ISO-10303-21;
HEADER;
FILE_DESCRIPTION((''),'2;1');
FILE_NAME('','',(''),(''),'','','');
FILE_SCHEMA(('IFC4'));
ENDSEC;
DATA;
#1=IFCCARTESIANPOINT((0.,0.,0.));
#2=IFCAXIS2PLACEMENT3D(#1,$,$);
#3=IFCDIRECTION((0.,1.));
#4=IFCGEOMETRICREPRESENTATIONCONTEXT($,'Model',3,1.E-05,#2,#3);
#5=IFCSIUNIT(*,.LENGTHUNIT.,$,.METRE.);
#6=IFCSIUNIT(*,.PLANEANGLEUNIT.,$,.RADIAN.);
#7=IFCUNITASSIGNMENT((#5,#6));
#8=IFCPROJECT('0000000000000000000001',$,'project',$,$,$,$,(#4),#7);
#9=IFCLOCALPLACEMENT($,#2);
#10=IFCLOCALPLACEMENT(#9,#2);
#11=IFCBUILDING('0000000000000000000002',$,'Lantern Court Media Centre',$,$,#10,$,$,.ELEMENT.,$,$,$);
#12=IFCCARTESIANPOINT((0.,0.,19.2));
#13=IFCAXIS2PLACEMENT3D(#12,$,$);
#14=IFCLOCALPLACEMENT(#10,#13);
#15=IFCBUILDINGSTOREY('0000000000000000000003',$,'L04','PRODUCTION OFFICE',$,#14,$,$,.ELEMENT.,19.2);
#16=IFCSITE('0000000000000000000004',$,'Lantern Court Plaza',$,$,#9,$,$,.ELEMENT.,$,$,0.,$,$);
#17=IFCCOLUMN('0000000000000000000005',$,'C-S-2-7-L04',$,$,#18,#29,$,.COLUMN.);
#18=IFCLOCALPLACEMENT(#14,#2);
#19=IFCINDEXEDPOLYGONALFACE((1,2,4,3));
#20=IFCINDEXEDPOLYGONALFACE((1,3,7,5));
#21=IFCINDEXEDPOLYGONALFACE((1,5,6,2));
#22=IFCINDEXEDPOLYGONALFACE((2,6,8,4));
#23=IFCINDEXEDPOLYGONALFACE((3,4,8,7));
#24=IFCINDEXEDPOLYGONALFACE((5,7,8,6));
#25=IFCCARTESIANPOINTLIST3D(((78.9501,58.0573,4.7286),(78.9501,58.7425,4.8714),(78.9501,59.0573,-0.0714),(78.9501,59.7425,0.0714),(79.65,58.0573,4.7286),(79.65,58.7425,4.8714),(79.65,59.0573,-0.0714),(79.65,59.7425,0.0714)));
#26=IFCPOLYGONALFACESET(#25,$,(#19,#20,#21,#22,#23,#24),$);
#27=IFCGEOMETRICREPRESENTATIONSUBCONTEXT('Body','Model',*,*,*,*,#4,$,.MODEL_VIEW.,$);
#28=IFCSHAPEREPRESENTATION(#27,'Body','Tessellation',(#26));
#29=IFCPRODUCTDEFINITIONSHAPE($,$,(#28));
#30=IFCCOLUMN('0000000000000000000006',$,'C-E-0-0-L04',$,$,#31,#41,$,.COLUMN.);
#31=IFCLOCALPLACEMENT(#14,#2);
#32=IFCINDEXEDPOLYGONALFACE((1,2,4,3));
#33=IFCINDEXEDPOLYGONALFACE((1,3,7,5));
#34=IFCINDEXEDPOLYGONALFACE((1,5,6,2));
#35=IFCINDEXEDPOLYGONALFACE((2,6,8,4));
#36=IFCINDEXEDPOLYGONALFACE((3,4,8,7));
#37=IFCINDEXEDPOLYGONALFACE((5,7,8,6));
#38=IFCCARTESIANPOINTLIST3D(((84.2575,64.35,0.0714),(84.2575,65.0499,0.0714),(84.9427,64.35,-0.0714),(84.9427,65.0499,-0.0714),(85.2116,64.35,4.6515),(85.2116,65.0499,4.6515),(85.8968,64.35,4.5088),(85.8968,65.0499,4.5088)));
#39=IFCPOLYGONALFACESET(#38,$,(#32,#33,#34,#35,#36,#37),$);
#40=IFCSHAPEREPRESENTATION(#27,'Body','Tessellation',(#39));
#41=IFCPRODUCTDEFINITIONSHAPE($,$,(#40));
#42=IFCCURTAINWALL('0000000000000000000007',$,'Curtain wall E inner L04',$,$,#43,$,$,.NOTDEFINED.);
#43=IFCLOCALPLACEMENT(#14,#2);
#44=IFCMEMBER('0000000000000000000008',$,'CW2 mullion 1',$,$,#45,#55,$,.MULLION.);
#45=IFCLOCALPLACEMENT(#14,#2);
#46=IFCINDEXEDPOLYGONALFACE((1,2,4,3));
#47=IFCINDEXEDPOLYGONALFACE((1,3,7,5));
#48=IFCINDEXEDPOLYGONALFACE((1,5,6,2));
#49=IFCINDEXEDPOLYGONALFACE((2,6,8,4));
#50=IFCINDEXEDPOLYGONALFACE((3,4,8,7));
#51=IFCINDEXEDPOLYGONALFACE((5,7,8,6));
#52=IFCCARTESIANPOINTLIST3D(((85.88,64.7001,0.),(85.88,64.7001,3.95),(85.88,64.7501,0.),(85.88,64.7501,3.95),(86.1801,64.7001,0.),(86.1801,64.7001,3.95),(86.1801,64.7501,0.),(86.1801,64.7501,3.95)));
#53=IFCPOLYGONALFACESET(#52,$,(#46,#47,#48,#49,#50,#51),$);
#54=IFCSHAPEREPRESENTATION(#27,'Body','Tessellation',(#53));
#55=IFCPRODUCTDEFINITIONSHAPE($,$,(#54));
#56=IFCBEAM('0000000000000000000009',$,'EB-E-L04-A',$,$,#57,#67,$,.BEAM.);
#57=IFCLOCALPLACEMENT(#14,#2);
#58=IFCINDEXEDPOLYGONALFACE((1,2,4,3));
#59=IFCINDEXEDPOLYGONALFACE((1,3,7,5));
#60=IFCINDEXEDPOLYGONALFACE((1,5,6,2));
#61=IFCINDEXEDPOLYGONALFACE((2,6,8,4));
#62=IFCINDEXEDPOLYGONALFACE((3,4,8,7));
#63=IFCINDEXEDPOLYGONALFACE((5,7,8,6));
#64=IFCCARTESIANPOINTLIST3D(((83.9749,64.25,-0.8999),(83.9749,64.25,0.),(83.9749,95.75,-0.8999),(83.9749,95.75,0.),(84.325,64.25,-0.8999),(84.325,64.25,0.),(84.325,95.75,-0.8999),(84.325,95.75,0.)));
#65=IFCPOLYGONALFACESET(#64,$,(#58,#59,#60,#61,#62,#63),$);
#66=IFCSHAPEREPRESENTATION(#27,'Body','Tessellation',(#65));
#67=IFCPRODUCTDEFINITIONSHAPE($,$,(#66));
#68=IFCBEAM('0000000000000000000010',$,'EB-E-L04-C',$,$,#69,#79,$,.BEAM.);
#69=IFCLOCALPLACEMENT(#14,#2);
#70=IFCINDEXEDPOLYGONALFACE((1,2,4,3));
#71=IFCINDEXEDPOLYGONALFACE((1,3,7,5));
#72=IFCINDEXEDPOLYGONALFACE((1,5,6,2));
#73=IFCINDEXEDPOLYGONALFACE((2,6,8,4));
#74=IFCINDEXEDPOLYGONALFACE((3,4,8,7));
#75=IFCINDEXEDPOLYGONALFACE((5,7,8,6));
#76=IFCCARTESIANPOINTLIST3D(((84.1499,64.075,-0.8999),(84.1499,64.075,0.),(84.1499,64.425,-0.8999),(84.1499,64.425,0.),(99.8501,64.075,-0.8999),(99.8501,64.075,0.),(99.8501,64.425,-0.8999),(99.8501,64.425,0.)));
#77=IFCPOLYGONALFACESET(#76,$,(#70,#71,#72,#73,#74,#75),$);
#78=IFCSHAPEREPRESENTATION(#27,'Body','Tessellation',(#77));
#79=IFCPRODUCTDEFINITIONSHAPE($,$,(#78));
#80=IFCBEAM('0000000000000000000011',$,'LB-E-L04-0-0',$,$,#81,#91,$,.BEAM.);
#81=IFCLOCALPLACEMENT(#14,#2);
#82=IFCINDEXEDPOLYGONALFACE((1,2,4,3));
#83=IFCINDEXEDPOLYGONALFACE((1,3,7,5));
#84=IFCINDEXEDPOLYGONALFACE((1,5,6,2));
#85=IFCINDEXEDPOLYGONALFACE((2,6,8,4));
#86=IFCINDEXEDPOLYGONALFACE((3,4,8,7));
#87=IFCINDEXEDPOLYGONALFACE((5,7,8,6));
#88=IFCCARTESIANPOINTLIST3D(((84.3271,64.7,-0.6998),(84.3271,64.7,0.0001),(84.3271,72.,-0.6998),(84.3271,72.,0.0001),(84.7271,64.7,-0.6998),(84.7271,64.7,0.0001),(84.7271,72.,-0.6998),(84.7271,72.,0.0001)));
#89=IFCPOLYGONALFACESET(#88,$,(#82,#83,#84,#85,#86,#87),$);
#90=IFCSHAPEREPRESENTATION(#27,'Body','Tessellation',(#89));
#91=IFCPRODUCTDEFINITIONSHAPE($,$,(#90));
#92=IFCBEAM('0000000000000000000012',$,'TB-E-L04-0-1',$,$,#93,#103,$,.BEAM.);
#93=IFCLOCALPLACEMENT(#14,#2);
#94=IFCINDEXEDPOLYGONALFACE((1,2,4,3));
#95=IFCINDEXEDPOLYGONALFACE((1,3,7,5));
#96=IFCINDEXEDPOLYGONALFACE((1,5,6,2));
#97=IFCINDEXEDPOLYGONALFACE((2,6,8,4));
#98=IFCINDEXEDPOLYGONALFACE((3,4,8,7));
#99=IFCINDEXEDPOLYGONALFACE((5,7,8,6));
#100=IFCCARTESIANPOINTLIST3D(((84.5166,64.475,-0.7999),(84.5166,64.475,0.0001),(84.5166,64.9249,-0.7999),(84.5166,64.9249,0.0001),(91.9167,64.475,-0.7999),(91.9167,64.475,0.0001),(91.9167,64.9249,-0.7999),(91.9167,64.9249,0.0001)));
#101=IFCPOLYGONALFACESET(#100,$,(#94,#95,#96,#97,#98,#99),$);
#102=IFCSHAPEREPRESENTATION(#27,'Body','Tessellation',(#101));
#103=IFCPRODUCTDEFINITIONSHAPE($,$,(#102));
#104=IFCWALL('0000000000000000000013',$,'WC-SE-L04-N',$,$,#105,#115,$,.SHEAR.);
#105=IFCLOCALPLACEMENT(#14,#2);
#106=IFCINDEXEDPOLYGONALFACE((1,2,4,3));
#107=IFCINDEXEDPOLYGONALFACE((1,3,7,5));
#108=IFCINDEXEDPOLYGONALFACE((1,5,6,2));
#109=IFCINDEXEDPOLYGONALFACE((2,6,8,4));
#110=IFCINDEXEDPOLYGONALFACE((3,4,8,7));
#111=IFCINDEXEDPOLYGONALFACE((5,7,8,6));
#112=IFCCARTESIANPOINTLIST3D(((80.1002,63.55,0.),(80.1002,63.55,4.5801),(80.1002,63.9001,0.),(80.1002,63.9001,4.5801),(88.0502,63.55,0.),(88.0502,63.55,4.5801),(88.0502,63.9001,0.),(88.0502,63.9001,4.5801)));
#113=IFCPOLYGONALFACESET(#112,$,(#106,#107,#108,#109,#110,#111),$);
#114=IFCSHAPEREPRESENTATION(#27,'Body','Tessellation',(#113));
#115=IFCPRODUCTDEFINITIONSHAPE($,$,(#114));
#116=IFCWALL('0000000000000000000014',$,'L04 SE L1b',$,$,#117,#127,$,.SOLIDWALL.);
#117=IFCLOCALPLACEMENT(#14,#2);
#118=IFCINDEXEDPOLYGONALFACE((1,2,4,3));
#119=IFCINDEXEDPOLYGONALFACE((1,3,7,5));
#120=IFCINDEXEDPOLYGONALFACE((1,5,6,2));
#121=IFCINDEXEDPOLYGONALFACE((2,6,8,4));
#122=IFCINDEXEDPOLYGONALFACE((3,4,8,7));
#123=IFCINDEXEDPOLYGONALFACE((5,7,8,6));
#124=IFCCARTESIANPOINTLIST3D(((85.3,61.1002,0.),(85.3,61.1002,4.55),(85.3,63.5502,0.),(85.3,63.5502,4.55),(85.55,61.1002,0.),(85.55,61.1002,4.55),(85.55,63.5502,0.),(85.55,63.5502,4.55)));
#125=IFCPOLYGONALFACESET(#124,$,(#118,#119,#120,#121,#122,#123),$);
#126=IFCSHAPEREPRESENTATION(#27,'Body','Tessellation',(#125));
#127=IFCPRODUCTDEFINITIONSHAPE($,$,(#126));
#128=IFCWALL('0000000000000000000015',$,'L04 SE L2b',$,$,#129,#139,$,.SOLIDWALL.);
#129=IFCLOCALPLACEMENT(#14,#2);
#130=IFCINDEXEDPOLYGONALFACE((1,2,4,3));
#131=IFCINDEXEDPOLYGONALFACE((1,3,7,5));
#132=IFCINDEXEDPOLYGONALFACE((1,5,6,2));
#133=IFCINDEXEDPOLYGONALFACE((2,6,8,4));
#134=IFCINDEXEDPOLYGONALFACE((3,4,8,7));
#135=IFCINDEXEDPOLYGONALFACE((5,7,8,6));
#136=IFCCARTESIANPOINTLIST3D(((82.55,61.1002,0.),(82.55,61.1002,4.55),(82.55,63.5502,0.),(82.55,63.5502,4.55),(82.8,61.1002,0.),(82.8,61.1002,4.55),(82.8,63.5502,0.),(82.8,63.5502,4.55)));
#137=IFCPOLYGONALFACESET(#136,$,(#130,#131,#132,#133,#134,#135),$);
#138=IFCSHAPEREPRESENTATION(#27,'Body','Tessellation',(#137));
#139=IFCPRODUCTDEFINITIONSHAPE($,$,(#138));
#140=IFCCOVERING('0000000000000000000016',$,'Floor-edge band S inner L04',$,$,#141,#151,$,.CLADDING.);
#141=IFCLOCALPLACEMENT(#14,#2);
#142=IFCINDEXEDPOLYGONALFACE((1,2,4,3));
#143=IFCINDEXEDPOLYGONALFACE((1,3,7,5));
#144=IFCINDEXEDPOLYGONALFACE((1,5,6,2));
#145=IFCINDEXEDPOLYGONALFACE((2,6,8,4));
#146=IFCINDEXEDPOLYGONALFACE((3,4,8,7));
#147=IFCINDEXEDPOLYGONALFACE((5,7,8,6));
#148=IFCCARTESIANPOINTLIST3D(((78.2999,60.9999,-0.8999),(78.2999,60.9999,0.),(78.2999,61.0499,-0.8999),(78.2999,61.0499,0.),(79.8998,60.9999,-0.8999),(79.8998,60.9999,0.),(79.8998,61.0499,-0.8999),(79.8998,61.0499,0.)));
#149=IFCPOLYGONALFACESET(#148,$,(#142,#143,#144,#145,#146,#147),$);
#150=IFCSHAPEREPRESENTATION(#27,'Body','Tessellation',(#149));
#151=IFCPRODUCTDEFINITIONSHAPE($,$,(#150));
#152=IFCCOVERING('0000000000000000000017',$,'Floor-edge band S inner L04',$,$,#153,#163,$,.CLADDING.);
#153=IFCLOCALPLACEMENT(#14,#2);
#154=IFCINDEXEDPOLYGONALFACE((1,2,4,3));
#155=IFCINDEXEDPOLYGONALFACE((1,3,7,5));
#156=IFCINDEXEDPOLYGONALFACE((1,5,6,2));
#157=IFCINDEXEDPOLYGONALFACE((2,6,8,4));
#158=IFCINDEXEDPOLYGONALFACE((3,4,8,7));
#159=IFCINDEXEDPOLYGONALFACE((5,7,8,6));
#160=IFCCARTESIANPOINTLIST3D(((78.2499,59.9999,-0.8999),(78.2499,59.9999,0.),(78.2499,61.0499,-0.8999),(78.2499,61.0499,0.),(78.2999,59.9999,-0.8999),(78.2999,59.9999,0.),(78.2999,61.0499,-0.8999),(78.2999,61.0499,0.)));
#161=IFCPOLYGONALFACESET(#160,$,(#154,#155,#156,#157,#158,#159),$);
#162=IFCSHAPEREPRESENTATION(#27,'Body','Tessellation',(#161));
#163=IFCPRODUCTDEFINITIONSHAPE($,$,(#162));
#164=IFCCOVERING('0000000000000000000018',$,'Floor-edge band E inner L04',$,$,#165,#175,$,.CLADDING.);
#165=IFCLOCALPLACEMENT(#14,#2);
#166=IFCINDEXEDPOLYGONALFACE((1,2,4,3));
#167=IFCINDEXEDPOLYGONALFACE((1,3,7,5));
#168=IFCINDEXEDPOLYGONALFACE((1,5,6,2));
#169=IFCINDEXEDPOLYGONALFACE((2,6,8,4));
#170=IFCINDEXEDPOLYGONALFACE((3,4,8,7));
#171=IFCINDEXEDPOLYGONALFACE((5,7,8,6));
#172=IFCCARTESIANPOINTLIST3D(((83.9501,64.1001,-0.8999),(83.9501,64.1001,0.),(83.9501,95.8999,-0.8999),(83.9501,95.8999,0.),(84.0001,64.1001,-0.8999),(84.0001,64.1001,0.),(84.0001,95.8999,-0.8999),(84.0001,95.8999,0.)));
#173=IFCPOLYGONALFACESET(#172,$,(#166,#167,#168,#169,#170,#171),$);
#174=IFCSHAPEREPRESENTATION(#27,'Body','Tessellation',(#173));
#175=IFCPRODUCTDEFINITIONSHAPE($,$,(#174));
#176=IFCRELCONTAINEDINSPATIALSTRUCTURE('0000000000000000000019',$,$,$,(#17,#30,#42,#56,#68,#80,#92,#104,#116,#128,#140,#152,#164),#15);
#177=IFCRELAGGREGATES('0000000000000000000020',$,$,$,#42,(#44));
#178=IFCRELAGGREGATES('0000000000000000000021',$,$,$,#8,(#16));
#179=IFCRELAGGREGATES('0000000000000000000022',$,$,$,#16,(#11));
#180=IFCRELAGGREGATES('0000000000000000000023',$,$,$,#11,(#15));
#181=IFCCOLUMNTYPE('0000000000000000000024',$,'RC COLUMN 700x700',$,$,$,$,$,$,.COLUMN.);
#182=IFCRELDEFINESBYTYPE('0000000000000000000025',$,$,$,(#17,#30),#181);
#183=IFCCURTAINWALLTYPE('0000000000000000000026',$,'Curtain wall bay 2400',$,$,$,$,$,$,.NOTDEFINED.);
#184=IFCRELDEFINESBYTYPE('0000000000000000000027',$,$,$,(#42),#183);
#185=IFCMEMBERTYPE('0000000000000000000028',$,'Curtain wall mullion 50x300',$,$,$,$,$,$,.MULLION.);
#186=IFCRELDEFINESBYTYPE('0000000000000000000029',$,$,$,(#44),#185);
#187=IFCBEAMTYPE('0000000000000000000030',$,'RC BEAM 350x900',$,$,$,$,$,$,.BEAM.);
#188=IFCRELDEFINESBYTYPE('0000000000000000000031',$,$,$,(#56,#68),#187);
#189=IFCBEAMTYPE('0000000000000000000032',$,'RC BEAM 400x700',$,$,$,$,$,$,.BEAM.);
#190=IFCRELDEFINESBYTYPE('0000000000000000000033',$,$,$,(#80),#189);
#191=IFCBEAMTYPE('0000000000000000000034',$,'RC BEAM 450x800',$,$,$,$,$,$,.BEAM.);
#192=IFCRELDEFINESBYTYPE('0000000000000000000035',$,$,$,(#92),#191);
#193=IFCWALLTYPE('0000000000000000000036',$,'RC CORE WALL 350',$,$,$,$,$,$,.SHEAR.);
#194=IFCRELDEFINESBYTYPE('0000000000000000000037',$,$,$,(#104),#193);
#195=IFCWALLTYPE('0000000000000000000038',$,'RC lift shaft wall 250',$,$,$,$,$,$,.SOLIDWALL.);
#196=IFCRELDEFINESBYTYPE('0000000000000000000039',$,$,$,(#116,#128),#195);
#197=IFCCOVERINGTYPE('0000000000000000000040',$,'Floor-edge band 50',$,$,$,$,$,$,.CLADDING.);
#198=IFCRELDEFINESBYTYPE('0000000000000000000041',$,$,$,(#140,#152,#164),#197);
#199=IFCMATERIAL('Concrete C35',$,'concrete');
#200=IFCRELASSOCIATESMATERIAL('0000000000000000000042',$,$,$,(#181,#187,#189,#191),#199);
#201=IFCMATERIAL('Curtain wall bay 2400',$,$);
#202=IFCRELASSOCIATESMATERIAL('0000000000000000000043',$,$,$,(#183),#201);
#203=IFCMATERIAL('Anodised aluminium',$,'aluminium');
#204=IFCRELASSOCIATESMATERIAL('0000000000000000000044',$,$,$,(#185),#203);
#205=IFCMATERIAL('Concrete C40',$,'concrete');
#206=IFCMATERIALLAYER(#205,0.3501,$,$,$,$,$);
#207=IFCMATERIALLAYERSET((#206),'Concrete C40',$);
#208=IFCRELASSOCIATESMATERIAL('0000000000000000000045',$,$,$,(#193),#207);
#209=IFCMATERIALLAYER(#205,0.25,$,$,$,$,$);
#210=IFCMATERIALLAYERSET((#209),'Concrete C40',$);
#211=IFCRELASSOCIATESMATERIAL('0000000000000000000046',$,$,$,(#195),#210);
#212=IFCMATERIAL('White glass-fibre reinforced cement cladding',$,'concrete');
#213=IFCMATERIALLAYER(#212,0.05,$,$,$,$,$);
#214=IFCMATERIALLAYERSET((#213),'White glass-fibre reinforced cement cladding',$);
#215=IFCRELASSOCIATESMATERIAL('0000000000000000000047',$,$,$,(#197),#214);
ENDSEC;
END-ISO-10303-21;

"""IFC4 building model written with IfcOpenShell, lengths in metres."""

from ifc_helpers import new_model, si_unit, direction, frame, frame_2d, origin, origin_2d, place, context, subcontext, project, spatial, rectangle, extrude, material, layer, layer_set, material_profile, profile_set, type_object, element, aggregate, save


model = new_model("IFC4")

# Units and contexts
model_context = context("Model", 3, precision=1e-05, world=origin(), true_north=direction((0.0, 1.0)))
body_context = subcontext(model_context, "Body", "Model", "MODEL_VIEW")
ifc_project = project(units=[si_unit("LENGTHUNIT", "METRE"), si_unit("PLANEANGLEUNIT", "RADIAN")], contexts=[model_context])

# Site, building, storey
site_placement = place(None, origin())
site = spatial("IfcSite", under=ifc_project, at=site_placement, Name="Lantern Court Plaza", CompositionType="ELEMENT", RefElevation=0.0)
building_placement = place(site_placement, origin())
building = spatial("IfcBuilding", under=site, at=building_placement, Name="Lantern Court Media Centre", CompositionType="ELEMENT")
storey_placement = place(building_placement, frame((0.0, 0.0, 19.2)))
storey = spatial("IfcBuildingStorey", under=building, at=storey_placement, Name="L04", Description="PRODUCTION OFFICE", CompositionType="ELEMENT", Elevation=19.2)

# Columns
ifc_material_1 = material(Name="Concrete C35", Category="concrete")
ifc_material_profile_1 = material_profile(ifc_material_1, rectangle(XDim=0.7, YDim=0.7, at=origin_2d()), Name="RC 700x700")
ifc_profile_set_1 = profile_set([ifc_material_profile_1], Name="Concrete C35")
column_type = type_object("IfcColumnType", Name="RC COLUMN 700x700", PredefinedType="COLUMN", material=ifc_profile_set_1)
column_1_placement = place(storey_placement, frame((79.3, 59.3999, 0.0), z_axis=(0.0, -0.203952, 0.978981), x_axis=(1.0, 0.0, 0.0)))
element("IfcColumn", 1, at=column_1_placement, inside=storey, type_object=column_type, Name="C-S-2-7-L04", PredefinedType="COLUMN", context=body_context, shape_type="SweptSolid", body=[
    extrude(rectangle(XDim=0.7, YDim=0.7, at=origin_2d()), origin(), (0.0, 0.0, 1.0), 4.9031),
])
column_2_placement = place(storey_placement, frame((84.6001, 64.7, 0.0), z_axis=(0.203938, 0.0, 0.978984), x_axis=(0.0, 1.0, 0.0)))
element("IfcColumn", 2, at=column_2_placement, inside=storey, type_object=column_type, Name="C-E-0-0-L04", PredefinedType="COLUMN", context=body_context, shape_type="SweptSolid", body=[
    extrude(rectangle(XDim=0.7, YDim=0.7, at=origin_2d()), origin(), (0.0, 0.0, 1.0), 4.6785),
])

# Curtain wall, member
ifc_material_2 = material(Name="Curtain wall bay 2400")
curtain_wall_type = type_object("IfcCurtainWallType", Name="Curtain wall bay 2400", PredefinedType="NOTDEFINED", material=ifc_material_2)
curtain_wall_placement = place(storey_placement, origin())
curtain_wall = element("IfcCurtainWall", 3, at=curtain_wall_placement, inside=storey, type_object=curtain_wall_type, Name="Curtain wall E inner L04", PredefinedType="NOTDEFINED")
ifc_material_3 = material(Name="Anodised aluminium", Category="aluminium")
ifc_material_profile_2 = material_profile(ifc_material_3, rectangle(XDim=0.3, YDim=0.05, at=origin_2d()), Name="AL 50x300")
ifc_profile_set_2 = profile_set([ifc_material_profile_2], Name="Anodised aluminium")
member_type = type_object("IfcMemberType", Name="Curtain wall mullion 50x300", PredefinedType="MULLION", material=ifc_profile_set_2)
member_placement = place(storey_placement, frame((86.03, 64.7251, 0.0), z_axis=(0.0, 0.0, 1.0), x_axis=(-1.0, 0.0, 0.0)))
member = element("IfcMember", 4, at=member_placement, type_object=member_type, Name="CW2 mullion 1", PredefinedType="MULLION", context=body_context, shape_type="SweptSolid", body=[
    extrude(rectangle(XDim=0.3, YDim=0.05, at=origin_2d()), origin(), (0.0, 0.0, 1.0), 3.95),
])
aggregate(curtain_wall, [member])

# Beams
ifc_material_profile_3 = material_profile(ifc_material_1, rectangle(XDim=0.3501, YDim=0.8999, at=origin_2d()), Name="RC 350x900")
ifc_profile_set_3 = profile_set([ifc_material_profile_3], Name="Concrete C35")
beam_type_1 = type_object("IfcBeamType", Name="RC BEAM 350x900", PredefinedType="BEAM", material=ifc_profile_set_3)
beam_1_placement = place(storey_placement, frame((84.1499, 64.25, -0.45), z_axis=(0.0, 1.0, 0.0), x_axis=(-1.0, 0.0, 0.0)))
element("IfcBeam", 5, at=beam_1_placement, inside=storey, type_object=beam_type_1, Name="EB-E-L04-A", PredefinedType="BEAM", context=body_context, shape_type="SweptSolid", body=[
    extrude(rectangle(XDim=0.3501, YDim=0.8999, at=origin_2d()), origin(), (0.0, 0.0, 1.0), 31.5),
])
beam_2_placement = place(storey_placement, frame((84.1499, 64.25, -0.45), z_axis=(1.0, 0.0, 0.0), x_axis=(0.0, 1.0, 0.0)))
element("IfcBeam", 6, at=beam_2_placement, inside=storey, type_object=beam_type_1, Name="EB-E-L04-C", PredefinedType="BEAM", context=body_context, shape_type="SweptSolid", body=[
    extrude(rectangle(XDim=0.3501, YDim=0.8999, at=origin_2d()), origin(), (0.0, 0.0, 1.0), 15.7002),
])
ifc_material_profile_4 = material_profile(ifc_material_1, rectangle(XDim=0.3999, YDim=0.7, at=origin_2d()), Name="RC 400x700")
ifc_profile_set_4 = profile_set([ifc_material_profile_4], Name="Concrete C35")
beam_type_2 = type_object("IfcBeamType", Name="RC BEAM 400x700", PredefinedType="BEAM", material=ifc_profile_set_4)
beam_3_placement = place(storey_placement, frame((84.5271, 64.7, -0.3499), z_axis=(0.0, 1.0, 0.0), x_axis=(-1.0, 0.0, 0.0)))
element("IfcBeam", 7, at=beam_3_placement, inside=storey, type_object=beam_type_2, Name="LB-E-L04-0-0", PredefinedType="BEAM", context=body_context, shape_type="SweptSolid", body=[
    extrude(rectangle(XDim=0.3999, YDim=0.7, at=origin_2d()), origin(), (0.0, 0.0, 1.0), 7.3),
])
ifc_material_profile_5 = material_profile(ifc_material_1, rectangle(XDim=0.45, YDim=0.8, at=origin_2d()), Name="RC 450x800")
ifc_profile_set_5 = profile_set([ifc_material_profile_5], Name="Concrete C35")
beam_type_3 = type_object("IfcBeamType", Name="RC BEAM 450x800", PredefinedType="BEAM", material=ifc_profile_set_5)
beam_4_placement = place(storey_placement, frame((84.5166, 64.7, -0.3999), z_axis=(1.0, 0.0, 0.0), x_axis=(0.0, 1.0, 0.0)))
element("IfcBeam", 8, at=beam_4_placement, inside=storey, type_object=beam_type_3, Name="TB-E-L04-0-1", PredefinedType="BEAM", context=body_context, shape_type="SweptSolid", body=[
    extrude(rectangle(XDim=0.45, YDim=0.8, at=origin_2d()), origin(), (0.0, 0.0, 1.0), 7.4001),
])

# Walls
ifc_material_4 = material(Name="Concrete C40", Category="concrete")
ifc_layer_1 = layer(ifc_material_4, 0.3501)
ifc_layer_set_1 = layer_set([ifc_layer_1], Name="Concrete C40")
wall_type_1 = type_object("IfcWallType", Name="RC CORE WALL 350", PredefinedType="SHEAR", material=ifc_layer_set_1)
wall_placement = place(storey_placement, frame((80.1001, 63.7251, 0.0), z_axis=(0.0, 0.0, 1.0), x_axis=(1.0, 0.0, 0.0)))
element("IfcWall", 9, at=wall_placement, inside=storey, type_object=wall_type_1, Name="WC-SE-L04-N", PredefinedType="SHEAR", context=body_context, shape_type="SweptSolid", body=[
    extrude(rectangle(XDim=7.95, YDim=0.3501, at=frame_2d((3.9751, 0.0))), origin(), (0.0, 0.0, 1.0), 4.5801),
])
ifc_layer_2 = layer(ifc_material_4, 0.25)
ifc_layer_set_2 = layer_set([ifc_layer_2], Name="Concrete C40")
wall_type_2 = type_object("IfcWallType", Name="RC lift shaft wall 250", PredefinedType="SOLIDWALL", material=ifc_layer_set_2)
for number, where, z_axis, x_axis, name in (
    (10, (85.425, 61.1001, 0.0), (0.0, 0.0, 1.0), (0.0, 1.0, 0.0), "L04 SE L1b"),
    (11, (82.675, 61.1001, 0.0), (0.0, 0.0, 1.0), (0.0, 1.0, 0.0), "L04 SE L2b"),
):
    element("IfcWall", number, at=place(storey_placement, frame(where, z_axis=z_axis, x_axis=x_axis)), inside=storey, type_object=wall_type_2, Name=name, PredefinedType="SOLIDWALL", context=body_context, shape_type="SweptSolid", body=[
        extrude(rectangle(XDim=2.45, YDim=0.25, at=frame_2d((1.2251, 0.0))), origin(), (0.0, 0.0, 1.0), 4.55),
    ])

# Coverings
ifc_material_5 = material(Name="White glass-fibre reinforced cement cladding", Category="concrete")
ifc_layer_3 = layer(ifc_material_5, 0.05)
ifc_layer_set_3 = layer_set([ifc_layer_3], Name="White glass-fibre reinforced cement cladding")
covering_type_1 = type_object("IfcCoveringType", Name="Floor-edge band 50", PredefinedType="CLADDING", material=ifc_layer_set_3)
covering_1_placement = place(storey_placement, frame((78.3, 61.0249, -0.8999), z_axis=(0.0, 0.0, 1.0), x_axis=(1.0, 0.0, 0.0)))
element("IfcCovering", 12, at=covering_1_placement, inside=storey, type_object=covering_type_1, Name="Floor-edge band S inner L04", PredefinedType="CLADDING", context=body_context, shape_type="SweptSolid", body=[
    extrude(rectangle(XDim=1.5999, YDim=0.05, at=frame_2d((0.7998, 0.0))), origin(), (0.0, 0.0, 1.0), 0.8999),
])
covering_2_placement = place(storey_placement, frame((78.2749, 60.0, -0.8999), z_axis=(0.0, 0.0, 1.0), x_axis=(0.0, 1.0, 0.0)))
element("IfcCovering", 13, at=covering_2_placement, inside=storey, type_object=covering_type_1, Name="Floor-edge band S inner L04", PredefinedType="CLADDING", context=body_context, shape_type="SweptSolid", body=[
    extrude(rectangle(XDim=1.05, YDim=0.05, at=frame_2d((0.5249, 0.0))), origin(), (0.0, 0.0, 1.0), 0.8999),
])
covering_3_placement = place(storey_placement, frame((83.9751, 64.1001, -0.8999), z_axis=(0.0, 0.0, 1.0), x_axis=(0.0, 1.0, 0.0)))
element("IfcCovering", 14, at=covering_3_placement, inside=storey, type_object=covering_type_1, Name="Floor-edge band E inner L04", PredefinedType="CLADDING", context=body_context, shape_type="SweptSolid", body=[
    extrude(rectangle(XDim=31.7998, YDim=0.05, at=frame_2d((15.8999, 0.0))), origin(), (0.0, 0.0, 1.0), 0.8999),
])

save(model, "model.ifc")
